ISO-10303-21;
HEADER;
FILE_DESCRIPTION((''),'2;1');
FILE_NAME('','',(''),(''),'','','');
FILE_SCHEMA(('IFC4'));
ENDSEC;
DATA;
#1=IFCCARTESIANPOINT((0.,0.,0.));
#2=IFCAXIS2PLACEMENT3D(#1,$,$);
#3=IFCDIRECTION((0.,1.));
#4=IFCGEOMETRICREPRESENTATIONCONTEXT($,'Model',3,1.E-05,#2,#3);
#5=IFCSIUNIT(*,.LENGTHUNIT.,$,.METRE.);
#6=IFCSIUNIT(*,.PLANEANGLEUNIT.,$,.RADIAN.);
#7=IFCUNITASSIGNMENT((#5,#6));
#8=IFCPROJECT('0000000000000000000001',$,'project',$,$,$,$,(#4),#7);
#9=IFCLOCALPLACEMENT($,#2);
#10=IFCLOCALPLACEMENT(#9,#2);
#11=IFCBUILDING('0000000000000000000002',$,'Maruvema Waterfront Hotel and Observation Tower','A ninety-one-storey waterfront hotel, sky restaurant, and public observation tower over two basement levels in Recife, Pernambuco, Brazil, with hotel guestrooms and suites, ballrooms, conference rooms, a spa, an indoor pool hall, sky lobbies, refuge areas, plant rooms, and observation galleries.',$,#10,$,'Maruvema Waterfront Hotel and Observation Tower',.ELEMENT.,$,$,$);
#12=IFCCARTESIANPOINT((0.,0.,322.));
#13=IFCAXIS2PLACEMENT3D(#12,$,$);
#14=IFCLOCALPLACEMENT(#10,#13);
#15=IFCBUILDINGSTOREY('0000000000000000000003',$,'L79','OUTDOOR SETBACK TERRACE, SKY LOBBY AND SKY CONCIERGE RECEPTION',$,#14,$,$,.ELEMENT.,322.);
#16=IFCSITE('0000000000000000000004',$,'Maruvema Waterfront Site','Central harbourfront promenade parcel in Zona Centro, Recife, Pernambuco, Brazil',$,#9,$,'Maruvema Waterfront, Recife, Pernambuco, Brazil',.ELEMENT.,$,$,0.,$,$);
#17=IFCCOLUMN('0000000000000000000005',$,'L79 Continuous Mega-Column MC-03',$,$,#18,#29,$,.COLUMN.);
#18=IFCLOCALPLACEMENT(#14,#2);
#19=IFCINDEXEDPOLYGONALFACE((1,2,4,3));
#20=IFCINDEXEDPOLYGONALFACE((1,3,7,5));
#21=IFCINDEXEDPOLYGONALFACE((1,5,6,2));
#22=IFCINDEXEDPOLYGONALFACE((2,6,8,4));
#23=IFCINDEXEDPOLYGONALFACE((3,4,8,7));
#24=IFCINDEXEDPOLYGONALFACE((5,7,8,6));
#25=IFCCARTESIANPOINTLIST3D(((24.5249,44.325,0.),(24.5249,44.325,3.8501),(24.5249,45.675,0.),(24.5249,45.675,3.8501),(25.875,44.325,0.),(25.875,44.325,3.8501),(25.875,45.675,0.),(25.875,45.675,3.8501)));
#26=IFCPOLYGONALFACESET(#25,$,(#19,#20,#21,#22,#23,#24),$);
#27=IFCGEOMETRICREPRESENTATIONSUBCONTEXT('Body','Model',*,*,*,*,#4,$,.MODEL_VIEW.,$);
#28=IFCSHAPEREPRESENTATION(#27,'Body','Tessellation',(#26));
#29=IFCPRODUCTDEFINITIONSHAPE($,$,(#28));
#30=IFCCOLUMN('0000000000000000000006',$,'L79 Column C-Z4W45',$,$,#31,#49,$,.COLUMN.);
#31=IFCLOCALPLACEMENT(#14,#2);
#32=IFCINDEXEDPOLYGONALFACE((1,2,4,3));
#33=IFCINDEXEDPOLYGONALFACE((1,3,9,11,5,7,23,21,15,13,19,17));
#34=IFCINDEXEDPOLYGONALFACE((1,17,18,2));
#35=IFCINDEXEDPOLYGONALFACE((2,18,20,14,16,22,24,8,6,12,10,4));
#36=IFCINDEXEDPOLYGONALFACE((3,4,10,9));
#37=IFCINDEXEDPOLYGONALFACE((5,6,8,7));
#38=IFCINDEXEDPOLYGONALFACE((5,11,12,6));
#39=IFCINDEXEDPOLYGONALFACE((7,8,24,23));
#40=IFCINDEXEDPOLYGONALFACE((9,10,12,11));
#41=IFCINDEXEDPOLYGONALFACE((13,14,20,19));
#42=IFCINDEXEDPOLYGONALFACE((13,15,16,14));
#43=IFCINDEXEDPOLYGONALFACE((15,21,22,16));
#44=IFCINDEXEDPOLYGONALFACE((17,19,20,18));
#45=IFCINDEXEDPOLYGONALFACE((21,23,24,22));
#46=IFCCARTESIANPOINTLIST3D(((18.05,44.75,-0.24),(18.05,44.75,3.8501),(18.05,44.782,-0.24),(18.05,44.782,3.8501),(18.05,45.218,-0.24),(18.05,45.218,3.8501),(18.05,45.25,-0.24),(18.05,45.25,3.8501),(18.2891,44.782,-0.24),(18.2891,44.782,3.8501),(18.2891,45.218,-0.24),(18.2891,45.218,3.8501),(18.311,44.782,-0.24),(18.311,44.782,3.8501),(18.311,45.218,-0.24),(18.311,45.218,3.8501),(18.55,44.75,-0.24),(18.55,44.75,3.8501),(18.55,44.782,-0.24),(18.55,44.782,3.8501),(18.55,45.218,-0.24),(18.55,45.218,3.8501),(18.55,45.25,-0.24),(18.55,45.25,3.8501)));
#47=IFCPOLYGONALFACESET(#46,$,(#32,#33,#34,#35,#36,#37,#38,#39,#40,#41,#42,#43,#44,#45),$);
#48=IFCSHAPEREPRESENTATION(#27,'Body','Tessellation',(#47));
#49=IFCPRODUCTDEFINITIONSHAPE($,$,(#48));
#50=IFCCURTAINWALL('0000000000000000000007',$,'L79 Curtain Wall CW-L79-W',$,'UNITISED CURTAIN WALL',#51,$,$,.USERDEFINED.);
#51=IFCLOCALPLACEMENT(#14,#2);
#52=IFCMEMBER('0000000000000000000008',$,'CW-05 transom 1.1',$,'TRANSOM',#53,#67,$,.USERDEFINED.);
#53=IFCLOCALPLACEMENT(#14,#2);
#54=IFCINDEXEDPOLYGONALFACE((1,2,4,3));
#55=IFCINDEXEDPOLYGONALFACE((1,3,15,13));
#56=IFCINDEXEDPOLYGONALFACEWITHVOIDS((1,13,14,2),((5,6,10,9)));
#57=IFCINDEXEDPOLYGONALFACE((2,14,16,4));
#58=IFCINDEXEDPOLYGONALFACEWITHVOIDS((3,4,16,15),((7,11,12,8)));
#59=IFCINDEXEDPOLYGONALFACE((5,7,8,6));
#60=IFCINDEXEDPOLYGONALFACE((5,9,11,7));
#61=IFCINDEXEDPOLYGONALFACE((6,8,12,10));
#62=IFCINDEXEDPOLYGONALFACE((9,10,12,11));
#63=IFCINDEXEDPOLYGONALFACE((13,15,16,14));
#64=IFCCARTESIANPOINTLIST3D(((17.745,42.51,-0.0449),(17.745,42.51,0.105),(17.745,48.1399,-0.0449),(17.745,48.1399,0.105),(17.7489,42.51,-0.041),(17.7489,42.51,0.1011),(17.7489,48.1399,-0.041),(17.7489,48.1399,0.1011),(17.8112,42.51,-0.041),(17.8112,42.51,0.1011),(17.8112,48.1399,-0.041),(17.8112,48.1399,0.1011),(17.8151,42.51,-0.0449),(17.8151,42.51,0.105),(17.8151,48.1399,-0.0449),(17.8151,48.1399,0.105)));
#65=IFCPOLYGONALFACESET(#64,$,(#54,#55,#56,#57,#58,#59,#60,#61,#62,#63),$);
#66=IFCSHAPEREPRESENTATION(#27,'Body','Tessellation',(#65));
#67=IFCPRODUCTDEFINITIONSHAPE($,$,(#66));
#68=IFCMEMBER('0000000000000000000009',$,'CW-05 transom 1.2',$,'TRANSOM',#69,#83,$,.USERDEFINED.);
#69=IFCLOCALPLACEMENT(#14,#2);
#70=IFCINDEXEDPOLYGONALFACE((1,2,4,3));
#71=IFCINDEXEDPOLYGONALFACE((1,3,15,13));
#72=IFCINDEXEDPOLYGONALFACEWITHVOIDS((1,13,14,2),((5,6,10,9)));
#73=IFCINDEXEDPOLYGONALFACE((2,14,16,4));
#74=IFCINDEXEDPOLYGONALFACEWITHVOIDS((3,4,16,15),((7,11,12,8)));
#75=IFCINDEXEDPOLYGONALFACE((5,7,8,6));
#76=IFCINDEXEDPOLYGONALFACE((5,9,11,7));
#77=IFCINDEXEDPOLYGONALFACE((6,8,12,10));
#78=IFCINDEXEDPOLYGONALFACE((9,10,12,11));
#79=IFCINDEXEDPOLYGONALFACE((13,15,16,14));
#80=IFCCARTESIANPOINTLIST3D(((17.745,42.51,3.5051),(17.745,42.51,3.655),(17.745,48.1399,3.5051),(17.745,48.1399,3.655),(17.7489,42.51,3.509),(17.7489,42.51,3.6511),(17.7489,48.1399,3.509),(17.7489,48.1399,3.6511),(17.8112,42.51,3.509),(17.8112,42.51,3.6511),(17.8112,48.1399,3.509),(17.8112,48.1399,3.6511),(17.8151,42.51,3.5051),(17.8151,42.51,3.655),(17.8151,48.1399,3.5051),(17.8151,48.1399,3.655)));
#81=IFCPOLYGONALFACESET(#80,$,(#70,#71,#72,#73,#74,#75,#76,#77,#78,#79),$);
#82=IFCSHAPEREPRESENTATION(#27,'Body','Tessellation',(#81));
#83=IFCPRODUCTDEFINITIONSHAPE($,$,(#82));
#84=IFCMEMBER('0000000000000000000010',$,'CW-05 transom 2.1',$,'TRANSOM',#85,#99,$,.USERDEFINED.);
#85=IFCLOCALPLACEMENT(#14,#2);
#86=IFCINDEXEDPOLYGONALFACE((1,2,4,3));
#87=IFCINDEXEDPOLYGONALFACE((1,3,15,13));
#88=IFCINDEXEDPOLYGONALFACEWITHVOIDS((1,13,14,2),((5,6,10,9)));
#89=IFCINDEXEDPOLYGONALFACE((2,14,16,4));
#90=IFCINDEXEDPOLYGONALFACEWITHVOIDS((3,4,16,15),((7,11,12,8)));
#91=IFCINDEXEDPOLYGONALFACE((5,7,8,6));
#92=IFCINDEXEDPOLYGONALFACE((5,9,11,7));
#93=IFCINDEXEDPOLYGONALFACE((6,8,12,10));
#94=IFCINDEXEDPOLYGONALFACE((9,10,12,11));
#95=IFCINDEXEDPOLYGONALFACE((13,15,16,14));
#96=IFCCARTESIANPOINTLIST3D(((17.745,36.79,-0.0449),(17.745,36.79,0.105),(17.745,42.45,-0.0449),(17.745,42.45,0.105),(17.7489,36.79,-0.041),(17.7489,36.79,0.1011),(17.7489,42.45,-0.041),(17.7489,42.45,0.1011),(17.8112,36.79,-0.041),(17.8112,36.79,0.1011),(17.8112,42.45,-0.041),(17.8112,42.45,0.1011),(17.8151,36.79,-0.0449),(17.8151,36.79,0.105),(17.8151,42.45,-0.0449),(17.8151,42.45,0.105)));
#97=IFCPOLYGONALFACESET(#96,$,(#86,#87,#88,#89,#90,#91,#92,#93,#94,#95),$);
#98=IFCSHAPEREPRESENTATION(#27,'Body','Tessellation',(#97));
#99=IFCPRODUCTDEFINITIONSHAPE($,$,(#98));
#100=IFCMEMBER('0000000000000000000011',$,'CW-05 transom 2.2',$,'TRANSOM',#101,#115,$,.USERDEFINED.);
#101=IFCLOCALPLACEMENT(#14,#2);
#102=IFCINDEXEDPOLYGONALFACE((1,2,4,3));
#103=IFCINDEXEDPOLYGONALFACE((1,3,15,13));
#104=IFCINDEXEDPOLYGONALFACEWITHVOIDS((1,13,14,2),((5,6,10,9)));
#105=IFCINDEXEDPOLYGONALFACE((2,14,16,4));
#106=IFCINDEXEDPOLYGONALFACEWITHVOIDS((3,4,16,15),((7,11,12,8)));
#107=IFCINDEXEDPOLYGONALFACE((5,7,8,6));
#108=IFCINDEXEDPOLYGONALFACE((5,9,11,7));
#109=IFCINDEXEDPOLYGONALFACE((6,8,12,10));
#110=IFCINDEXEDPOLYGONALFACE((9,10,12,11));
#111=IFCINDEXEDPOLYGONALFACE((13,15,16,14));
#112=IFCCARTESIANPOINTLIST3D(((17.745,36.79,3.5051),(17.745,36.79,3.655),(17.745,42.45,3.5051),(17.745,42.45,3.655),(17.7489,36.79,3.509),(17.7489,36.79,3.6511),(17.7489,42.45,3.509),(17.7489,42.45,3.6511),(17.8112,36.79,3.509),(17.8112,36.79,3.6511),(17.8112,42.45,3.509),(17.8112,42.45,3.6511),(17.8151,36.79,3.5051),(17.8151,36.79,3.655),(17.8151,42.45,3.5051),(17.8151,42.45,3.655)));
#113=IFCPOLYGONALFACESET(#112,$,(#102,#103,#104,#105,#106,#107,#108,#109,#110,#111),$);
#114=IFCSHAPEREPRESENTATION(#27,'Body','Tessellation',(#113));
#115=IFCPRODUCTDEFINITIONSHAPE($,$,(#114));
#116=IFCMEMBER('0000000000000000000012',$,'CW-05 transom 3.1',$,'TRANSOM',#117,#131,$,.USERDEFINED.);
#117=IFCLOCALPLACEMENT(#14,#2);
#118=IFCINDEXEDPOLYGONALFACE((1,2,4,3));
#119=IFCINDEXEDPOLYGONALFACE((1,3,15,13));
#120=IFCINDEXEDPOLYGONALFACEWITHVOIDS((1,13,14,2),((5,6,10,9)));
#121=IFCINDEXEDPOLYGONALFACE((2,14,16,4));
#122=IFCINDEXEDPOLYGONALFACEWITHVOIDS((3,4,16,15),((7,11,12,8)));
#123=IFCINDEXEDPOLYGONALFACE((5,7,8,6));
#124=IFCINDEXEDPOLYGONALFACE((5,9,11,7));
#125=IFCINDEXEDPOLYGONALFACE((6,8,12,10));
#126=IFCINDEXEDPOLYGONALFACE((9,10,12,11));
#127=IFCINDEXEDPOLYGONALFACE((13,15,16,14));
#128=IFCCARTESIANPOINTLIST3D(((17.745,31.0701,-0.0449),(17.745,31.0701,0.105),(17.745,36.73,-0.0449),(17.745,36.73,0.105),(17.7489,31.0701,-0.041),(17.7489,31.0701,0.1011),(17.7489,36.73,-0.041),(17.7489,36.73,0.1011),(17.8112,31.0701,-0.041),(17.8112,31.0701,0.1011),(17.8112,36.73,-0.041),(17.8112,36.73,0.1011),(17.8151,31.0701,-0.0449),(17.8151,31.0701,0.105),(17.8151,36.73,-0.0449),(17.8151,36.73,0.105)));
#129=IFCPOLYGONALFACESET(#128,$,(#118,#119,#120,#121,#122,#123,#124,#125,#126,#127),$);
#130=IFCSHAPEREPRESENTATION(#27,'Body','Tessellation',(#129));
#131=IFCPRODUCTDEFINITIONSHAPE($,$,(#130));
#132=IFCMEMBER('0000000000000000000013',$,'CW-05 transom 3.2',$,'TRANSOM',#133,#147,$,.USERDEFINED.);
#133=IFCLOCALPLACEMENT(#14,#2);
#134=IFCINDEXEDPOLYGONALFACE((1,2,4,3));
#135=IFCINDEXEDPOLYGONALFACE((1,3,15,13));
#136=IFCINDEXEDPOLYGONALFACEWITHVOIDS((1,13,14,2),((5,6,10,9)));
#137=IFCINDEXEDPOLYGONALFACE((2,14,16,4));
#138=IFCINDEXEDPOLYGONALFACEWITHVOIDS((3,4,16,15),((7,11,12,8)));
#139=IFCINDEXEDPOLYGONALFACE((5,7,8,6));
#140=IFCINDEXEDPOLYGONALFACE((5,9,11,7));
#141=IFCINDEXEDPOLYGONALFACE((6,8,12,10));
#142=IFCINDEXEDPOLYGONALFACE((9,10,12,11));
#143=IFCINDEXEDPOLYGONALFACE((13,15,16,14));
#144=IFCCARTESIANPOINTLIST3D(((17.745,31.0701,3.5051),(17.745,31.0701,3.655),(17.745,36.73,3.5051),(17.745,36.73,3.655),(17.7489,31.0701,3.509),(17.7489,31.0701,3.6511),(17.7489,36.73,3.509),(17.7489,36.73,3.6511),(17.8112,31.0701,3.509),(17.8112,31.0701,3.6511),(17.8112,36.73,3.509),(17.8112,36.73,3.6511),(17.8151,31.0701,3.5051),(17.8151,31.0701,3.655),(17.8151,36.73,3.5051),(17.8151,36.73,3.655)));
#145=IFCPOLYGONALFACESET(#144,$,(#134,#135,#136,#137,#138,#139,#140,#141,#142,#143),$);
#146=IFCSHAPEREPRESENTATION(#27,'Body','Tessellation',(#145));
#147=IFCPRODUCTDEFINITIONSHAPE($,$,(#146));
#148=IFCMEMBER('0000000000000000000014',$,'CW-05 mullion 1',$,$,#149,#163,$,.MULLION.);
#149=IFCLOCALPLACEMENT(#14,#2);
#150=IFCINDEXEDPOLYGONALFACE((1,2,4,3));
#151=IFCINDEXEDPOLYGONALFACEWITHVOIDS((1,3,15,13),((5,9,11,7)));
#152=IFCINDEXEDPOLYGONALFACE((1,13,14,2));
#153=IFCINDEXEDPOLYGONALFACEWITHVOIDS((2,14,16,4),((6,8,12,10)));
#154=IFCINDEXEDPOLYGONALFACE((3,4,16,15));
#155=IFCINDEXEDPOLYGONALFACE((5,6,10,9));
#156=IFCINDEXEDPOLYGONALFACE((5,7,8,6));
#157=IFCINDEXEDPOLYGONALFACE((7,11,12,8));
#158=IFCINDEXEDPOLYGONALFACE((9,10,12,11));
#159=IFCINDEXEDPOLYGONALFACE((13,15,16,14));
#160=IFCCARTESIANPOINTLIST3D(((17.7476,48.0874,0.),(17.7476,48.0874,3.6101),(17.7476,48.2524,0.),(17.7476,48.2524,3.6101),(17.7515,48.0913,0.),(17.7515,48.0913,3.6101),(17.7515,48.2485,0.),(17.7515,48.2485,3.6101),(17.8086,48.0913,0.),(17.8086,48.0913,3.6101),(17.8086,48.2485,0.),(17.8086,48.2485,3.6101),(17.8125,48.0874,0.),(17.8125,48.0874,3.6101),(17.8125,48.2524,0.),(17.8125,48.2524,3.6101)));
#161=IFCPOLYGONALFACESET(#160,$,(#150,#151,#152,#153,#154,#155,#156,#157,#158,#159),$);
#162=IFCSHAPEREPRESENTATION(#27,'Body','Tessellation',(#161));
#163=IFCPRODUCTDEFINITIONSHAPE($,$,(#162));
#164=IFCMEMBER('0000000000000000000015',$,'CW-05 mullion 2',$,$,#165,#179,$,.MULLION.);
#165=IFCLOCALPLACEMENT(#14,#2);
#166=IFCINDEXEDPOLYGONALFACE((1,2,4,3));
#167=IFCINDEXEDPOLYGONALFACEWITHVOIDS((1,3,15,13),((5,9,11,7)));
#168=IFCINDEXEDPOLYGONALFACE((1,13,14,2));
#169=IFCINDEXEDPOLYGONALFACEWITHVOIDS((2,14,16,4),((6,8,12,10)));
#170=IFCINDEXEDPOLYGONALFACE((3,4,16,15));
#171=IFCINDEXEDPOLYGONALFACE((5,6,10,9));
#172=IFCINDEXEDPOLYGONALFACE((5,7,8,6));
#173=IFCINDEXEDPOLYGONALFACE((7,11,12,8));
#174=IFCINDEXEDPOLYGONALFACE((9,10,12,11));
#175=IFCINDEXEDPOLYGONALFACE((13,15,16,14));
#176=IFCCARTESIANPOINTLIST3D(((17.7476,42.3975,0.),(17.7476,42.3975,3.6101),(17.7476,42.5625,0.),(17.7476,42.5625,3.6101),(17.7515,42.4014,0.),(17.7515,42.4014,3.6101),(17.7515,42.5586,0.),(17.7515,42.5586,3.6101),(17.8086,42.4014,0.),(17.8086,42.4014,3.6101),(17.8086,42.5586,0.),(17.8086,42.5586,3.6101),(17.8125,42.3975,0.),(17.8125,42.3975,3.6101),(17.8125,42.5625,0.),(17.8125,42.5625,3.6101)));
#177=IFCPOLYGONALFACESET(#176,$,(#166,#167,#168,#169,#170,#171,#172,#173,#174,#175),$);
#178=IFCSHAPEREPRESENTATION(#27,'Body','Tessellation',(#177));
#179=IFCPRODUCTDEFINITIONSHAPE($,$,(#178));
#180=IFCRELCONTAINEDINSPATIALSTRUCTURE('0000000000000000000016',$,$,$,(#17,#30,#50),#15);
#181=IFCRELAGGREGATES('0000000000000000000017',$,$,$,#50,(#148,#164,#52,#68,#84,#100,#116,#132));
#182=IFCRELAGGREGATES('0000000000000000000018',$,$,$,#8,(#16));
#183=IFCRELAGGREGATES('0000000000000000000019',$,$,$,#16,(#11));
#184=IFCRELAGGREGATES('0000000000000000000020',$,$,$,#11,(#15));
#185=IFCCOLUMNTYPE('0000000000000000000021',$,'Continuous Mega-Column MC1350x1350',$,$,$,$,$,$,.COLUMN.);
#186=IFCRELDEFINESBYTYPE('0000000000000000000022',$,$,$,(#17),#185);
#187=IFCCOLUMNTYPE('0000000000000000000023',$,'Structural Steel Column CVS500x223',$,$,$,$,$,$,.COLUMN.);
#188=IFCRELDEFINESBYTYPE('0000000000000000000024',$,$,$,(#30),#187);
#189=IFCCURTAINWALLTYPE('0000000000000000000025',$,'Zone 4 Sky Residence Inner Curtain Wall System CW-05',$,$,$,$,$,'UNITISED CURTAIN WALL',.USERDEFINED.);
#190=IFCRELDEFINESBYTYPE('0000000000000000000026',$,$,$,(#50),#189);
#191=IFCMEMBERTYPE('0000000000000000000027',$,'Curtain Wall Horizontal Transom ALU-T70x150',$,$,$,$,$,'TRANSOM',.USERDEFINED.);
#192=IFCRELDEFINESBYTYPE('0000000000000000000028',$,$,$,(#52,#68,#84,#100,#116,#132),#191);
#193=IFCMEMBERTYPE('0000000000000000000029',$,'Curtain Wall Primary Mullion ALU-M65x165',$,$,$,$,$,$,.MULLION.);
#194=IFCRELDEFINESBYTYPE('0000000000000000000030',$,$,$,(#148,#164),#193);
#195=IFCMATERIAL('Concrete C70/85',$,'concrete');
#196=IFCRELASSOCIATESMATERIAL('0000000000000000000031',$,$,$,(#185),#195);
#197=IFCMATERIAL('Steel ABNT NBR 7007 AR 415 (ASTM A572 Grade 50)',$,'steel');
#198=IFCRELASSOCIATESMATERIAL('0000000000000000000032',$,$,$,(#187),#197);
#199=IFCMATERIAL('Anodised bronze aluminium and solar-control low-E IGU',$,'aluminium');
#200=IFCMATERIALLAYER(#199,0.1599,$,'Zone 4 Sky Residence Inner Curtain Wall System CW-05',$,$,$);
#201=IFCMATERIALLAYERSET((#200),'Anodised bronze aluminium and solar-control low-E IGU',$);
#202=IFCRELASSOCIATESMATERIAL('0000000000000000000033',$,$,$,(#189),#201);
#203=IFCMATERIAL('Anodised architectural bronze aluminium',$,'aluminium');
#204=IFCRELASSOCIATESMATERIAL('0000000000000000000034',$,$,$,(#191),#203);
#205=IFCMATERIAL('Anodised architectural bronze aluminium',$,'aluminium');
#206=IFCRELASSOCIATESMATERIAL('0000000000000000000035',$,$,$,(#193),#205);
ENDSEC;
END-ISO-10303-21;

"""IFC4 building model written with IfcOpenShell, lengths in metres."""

from ifc_helpers import new_model, si_unit, direction, frame, origin, origin_2d, place, context, subcontext, project, spatial, rectangle, hollow_rectangle, i_section, extrude, material, layer, layer_set, material_profile, profile_set, type_object, element, aggregate, save


model = new_model("IFC4")

# Units and contexts
model_context = context("Model", 3, precision=1e-05, world=origin(), true_north=direction((0.0, 1.0)))
body_context = subcontext(model_context, "Body", "Model", "MODEL_VIEW")
ifc_project = project(units=[si_unit("LENGTHUNIT", "METRE"), si_unit("PLANEANGLEUNIT", "RADIAN")], contexts=[model_context])

# Site, building, storey
site_placement = place(None, origin())
site = spatial("IfcSite", under=ifc_project, at=site_placement, Name="Maruvema Waterfront Site", Description="Central harbourfront promenade parcel in Zona Centro, Recife, Pernambuco, Brazil", LongName="Maruvema Waterfront, Recife, Pernambuco, Brazil", CompositionType="ELEMENT", RefElevation=0.0)
building_placement = place(site_placement, origin())
building = spatial("IfcBuilding", under=site, at=building_placement, Name="Maruvema Waterfront Hotel and Observation Tower", Description="A ninety-one-storey waterfront hotel, sky restaurant, and public observation tower over two basement levels in Recife, Pernambuco, Brazil, with hotel guestrooms and suites, ballrooms, conference rooms, a spa, an indoor pool hall, sky lobbies, refuge areas, plant rooms, and observation galleries.", LongName="Maruvema Waterfront Hotel and Observation Tower", CompositionType="ELEMENT")
storey_placement = place(building_placement, frame((0.0, 0.0, 322.0)))
storey = spatial("IfcBuildingStorey", under=building, at=storey_placement, Name="L79", Description="OUTDOOR SETBACK TERRACE, SKY LOBBY AND SKY CONCIERGE RECEPTION", CompositionType="ELEMENT", Elevation=322.0)

# Columns
ifc_material_1 = material(Name="Concrete C70/85", Category="concrete")
ifc_material_profile_1 = material_profile(ifc_material_1, rectangle(XDim=1.3501, YDim=1.3501, at=origin_2d()), Name="MC1350x1350")
ifc_profile_set_1 = profile_set([ifc_material_profile_1], Name="Concrete C70/85")
column_type_1 = type_object("IfcColumnType", Name="Continuous Mega-Column MC1350x1350", PredefinedType="COLUMN", material=ifc_profile_set_1)
column_1_placement = place(storey_placement, frame((25.2, 45.0, 0.0), z_axis=(0.0, 0.0, 1.0), x_axis=(1.0, 0.0, 0.0)))
element("IfcColumn", 1, at=column_1_placement, inside=storey, type_object=column_type_1, Name="L79 Continuous Mega-Column MC-03", PredefinedType="COLUMN", context=body_context, shape_type="SweptSolid", body=[
    extrude(rectangle(XDim=1.3501, YDim=1.3501, at=origin_2d()), origin(), (0.0, 0.0, 1.0), 3.8501),
])
ifc_material_2 = material(Name="Steel ABNT NBR 7007 AR 415 (ASTM A572 Grade 50)", Category="steel")
ifc_material_profile_2 = material_profile(ifc_material_2, i_section(OverallWidth=0.5, OverallDepth=0.5, WebThickness=0.022, FlangeThickness=0.032, at=origin_2d()), Name="CVS500x223")
ifc_profile_set_2 = profile_set([ifc_material_profile_2], Name="Steel ABNT NBR 7007 AR 415 (ASTM A572 Grade 50)")
column_type_2 = type_object("IfcColumnType", Name="Structural Steel Column CVS500x223", PredefinedType="COLUMN", material=ifc_profile_set_2)
column_2_placement = place(storey_placement, frame((18.3, 45.0, -0.24), z_axis=(0.0, 0.0, 1.0), x_axis=(1.0, 0.0, 0.0)))
element("IfcColumn", 2, at=column_2_placement, inside=storey, type_object=column_type_2, Name="L79 Column C-Z4W45", PredefinedType="COLUMN", context=body_context, shape_type="SweptSolid", body=[
    extrude(i_section(OverallWidth=0.5, OverallDepth=0.5, WebThickness=0.022, FlangeThickness=0.032, at=origin_2d()), origin(), (0.0, 0.0, 1.0), 4.0901),
])

# Curtain wall, members
ifc_material_3 = material(Name="Anodised bronze aluminium and solar-control low-E IGU", Category="aluminium")
ifc_layer_1 = layer(ifc_material_3, 0.1599, Name="Zone 4 Sky Residence Inner Curtain Wall System CW-05")
ifc_layer_set_1 = layer_set([ifc_layer_1], Name="Anodised bronze aluminium and solar-control low-E IGU")
curtain_wall_type = type_object("IfcCurtainWallType", Name="Zone 4 Sky Residence Inner Curtain Wall System CW-05", ElementType="UNITISED CURTAIN WALL", PredefinedType="USERDEFINED", material=ifc_layer_set_1)
curtain_wall_placement = place(storey_placement, origin())
curtain_wall = element("IfcCurtainWall", 3, at=curtain_wall_placement, inside=storey, type_object=curtain_wall_type, Name="L79 Curtain Wall CW-L79-W", ObjectType="UNITISED CURTAIN WALL", PredefinedType="USERDEFINED")
ifc_material_4 = material(Name="Anodised architectural bronze aluminium", Category="aluminium")
ifc_material_profile_3 = material_profile(ifc_material_4, hollow_rectangle(XDim=0.0701, YDim=0.1499, WallThickness=0.0039, at=origin_2d()), Name="ALU-T70x150")
ifc_profile_set_3 = profile_set([ifc_material_profile_3], Name="Anodised architectural bronze aluminium")
member_type_1 = type_object("IfcMemberType", Name="Curtain Wall Horizontal Transom ALU-T70x150", ElementType="TRANSOM", PredefinedType="USERDEFINED", material=ifc_profile_set_3)
member_1_placement = place(storey_placement, frame((17.78, 48.1399, 0.03), z_axis=(0.0, -1.0, 0.0), x_axis=(1.0, 0.0, 0.0)))
member_1 = element("IfcMember", 4, at=member_1_placement, type_object=member_type_1, Name="CW-05 transom 1.1", ObjectType="TRANSOM", PredefinedType="USERDEFINED", context=body_context, shape_type="SweptSolid", body=[
    extrude(hollow_rectangle(XDim=0.0701, YDim=0.1499, WallThickness=0.0039, at=origin_2d()), origin(), (0.0, 0.0, 1.0), 5.6299),
])
member_2_placement = place(storey_placement, frame((17.78, 48.1399, 3.5801), z_axis=(0.0, -1.0, 0.0), x_axis=(1.0, 0.0, 0.0)))
member_2 = element("IfcMember", 5, at=member_2_placement, type_object=member_type_1, Name="CW-05 transom 1.2", ObjectType="TRANSOM", PredefinedType="USERDEFINED", context=body_context, shape_type="SweptSolid", body=[
    extrude(hollow_rectangle(XDim=0.0701, YDim=0.1499, WallThickness=0.0039, at=origin_2d()), origin(), (0.0, 0.0, 1.0), 5.6299),
])
member_3_placement = place(storey_placement, frame((17.78, 42.45, 0.03), z_axis=(0.0, -1.0, 0.0), x_axis=(1.0, 0.0, 0.0)))
member_3 = element("IfcMember", 6, at=member_3_placement, type_object=member_type_1, Name="CW-05 transom 2.1", ObjectType="TRANSOM", PredefinedType="USERDEFINED", context=body_context, shape_type="SweptSolid", body=[
    extrude(hollow_rectangle(XDim=0.0701, YDim=0.1499, WallThickness=0.0039, at=origin_2d()), origin(), (0.0, 0.0, 1.0), 5.6599),
])
member_4_placement = place(storey_placement, frame((17.78, 42.45, 3.5801), z_axis=(0.0, -1.0, 0.0), x_axis=(1.0, 0.0, 0.0)))
member_4 = element("IfcMember", 7, at=member_4_placement, type_object=member_type_1, Name="CW-05 transom 2.2", ObjectType="TRANSOM", PredefinedType="USERDEFINED", context=body_context, shape_type="SweptSolid", body=[
    extrude(hollow_rectangle(XDim=0.0701, YDim=0.1499, WallThickness=0.0039, at=origin_2d()), origin(), (0.0, 0.0, 1.0), 5.6599),
])
member_5_placement = place(storey_placement, frame((17.78, 36.73, 0.03), z_axis=(0.0, -1.0, 0.0), x_axis=(1.0, 0.0, 0.0)))
member_5 = element("IfcMember", 8, at=member_5_placement, type_object=member_type_1, Name="CW-05 transom 3.1", ObjectType="TRANSOM", PredefinedType="USERDEFINED", context=body_context, shape_type="SweptSolid", body=[
    extrude(hollow_rectangle(XDim=0.0701, YDim=0.1499, WallThickness=0.0039, at=origin_2d()), origin(), (0.0, 0.0, 1.0), 5.6599),
])
member_6_placement = place(storey_placement, frame((17.78, 36.73, 3.5801), z_axis=(0.0, -1.0, 0.0), x_axis=(1.0, 0.0, 0.0)))
member_6 = element("IfcMember", 9, at=member_6_placement, type_object=member_type_1, Name="CW-05 transom 3.2", ObjectType="TRANSOM", PredefinedType="USERDEFINED", context=body_context, shape_type="SweptSolid", body=[
    extrude(hollow_rectangle(XDim=0.0701, YDim=0.1499, WallThickness=0.0039, at=origin_2d()), origin(), (0.0, 0.0, 1.0), 5.6599),
])
ifc_material_5 = material(Name="Anodised architectural bronze aluminium", Category="aluminium")
ifc_material_profile_4 = material_profile(ifc_material_5, hollow_rectangle(XDim=0.0649, YDim=0.165, WallThickness=0.0039, at=origin_2d()), Name="ALU-M65x165")
ifc_profile_set_4 = profile_set([ifc_material_profile_4], Name="Anodised architectural bronze aluminium")
member_type_2 = type_object("IfcMemberType", Name="Curtain Wall Primary Mullion ALU-M65x165", PredefinedType="MULLION", material=ifc_profile_set_4)
member_7_placement = place(storey_placement, frame((17.78, 48.1699, 0.0), z_axis=(0.0, 0.0, 1.0), x_axis=(1.0, 0.0, 0.0)))
member_7 = element("IfcMember", 10, at=member_7_placement, type_object=member_type_2, Name="CW-05 mullion 1", PredefinedType="MULLION", context=body_context, shape_type="SweptSolid", body=[
    extrude(hollow_rectangle(XDim=0.0649, YDim=0.165, WallThickness=0.0039, at=origin_2d()), origin(), (0.0, 0.0, 1.0), 3.6101),
])
member_8_placement = place(storey_placement, frame((17.78, 42.48, 0.0), z_axis=(0.0, 0.0, 1.0), x_axis=(1.0, 0.0, 0.0)))
member_8 = element("IfcMember", 11, at=member_8_placement, type_object=member_type_2, Name="CW-05 mullion 2", PredefinedType="MULLION", context=body_context, shape_type="SweptSolid", body=[
    extrude(hollow_rectangle(XDim=0.0649, YDim=0.165, WallThickness=0.0039, at=origin_2d()), origin(), (0.0, 0.0, 1.0), 3.6101),
])

aggregate(curtain_wall, [member_7, member_8, member_1, member_2, member_3, member_4, member_5, member_6])

save(model, "model.ifc")
